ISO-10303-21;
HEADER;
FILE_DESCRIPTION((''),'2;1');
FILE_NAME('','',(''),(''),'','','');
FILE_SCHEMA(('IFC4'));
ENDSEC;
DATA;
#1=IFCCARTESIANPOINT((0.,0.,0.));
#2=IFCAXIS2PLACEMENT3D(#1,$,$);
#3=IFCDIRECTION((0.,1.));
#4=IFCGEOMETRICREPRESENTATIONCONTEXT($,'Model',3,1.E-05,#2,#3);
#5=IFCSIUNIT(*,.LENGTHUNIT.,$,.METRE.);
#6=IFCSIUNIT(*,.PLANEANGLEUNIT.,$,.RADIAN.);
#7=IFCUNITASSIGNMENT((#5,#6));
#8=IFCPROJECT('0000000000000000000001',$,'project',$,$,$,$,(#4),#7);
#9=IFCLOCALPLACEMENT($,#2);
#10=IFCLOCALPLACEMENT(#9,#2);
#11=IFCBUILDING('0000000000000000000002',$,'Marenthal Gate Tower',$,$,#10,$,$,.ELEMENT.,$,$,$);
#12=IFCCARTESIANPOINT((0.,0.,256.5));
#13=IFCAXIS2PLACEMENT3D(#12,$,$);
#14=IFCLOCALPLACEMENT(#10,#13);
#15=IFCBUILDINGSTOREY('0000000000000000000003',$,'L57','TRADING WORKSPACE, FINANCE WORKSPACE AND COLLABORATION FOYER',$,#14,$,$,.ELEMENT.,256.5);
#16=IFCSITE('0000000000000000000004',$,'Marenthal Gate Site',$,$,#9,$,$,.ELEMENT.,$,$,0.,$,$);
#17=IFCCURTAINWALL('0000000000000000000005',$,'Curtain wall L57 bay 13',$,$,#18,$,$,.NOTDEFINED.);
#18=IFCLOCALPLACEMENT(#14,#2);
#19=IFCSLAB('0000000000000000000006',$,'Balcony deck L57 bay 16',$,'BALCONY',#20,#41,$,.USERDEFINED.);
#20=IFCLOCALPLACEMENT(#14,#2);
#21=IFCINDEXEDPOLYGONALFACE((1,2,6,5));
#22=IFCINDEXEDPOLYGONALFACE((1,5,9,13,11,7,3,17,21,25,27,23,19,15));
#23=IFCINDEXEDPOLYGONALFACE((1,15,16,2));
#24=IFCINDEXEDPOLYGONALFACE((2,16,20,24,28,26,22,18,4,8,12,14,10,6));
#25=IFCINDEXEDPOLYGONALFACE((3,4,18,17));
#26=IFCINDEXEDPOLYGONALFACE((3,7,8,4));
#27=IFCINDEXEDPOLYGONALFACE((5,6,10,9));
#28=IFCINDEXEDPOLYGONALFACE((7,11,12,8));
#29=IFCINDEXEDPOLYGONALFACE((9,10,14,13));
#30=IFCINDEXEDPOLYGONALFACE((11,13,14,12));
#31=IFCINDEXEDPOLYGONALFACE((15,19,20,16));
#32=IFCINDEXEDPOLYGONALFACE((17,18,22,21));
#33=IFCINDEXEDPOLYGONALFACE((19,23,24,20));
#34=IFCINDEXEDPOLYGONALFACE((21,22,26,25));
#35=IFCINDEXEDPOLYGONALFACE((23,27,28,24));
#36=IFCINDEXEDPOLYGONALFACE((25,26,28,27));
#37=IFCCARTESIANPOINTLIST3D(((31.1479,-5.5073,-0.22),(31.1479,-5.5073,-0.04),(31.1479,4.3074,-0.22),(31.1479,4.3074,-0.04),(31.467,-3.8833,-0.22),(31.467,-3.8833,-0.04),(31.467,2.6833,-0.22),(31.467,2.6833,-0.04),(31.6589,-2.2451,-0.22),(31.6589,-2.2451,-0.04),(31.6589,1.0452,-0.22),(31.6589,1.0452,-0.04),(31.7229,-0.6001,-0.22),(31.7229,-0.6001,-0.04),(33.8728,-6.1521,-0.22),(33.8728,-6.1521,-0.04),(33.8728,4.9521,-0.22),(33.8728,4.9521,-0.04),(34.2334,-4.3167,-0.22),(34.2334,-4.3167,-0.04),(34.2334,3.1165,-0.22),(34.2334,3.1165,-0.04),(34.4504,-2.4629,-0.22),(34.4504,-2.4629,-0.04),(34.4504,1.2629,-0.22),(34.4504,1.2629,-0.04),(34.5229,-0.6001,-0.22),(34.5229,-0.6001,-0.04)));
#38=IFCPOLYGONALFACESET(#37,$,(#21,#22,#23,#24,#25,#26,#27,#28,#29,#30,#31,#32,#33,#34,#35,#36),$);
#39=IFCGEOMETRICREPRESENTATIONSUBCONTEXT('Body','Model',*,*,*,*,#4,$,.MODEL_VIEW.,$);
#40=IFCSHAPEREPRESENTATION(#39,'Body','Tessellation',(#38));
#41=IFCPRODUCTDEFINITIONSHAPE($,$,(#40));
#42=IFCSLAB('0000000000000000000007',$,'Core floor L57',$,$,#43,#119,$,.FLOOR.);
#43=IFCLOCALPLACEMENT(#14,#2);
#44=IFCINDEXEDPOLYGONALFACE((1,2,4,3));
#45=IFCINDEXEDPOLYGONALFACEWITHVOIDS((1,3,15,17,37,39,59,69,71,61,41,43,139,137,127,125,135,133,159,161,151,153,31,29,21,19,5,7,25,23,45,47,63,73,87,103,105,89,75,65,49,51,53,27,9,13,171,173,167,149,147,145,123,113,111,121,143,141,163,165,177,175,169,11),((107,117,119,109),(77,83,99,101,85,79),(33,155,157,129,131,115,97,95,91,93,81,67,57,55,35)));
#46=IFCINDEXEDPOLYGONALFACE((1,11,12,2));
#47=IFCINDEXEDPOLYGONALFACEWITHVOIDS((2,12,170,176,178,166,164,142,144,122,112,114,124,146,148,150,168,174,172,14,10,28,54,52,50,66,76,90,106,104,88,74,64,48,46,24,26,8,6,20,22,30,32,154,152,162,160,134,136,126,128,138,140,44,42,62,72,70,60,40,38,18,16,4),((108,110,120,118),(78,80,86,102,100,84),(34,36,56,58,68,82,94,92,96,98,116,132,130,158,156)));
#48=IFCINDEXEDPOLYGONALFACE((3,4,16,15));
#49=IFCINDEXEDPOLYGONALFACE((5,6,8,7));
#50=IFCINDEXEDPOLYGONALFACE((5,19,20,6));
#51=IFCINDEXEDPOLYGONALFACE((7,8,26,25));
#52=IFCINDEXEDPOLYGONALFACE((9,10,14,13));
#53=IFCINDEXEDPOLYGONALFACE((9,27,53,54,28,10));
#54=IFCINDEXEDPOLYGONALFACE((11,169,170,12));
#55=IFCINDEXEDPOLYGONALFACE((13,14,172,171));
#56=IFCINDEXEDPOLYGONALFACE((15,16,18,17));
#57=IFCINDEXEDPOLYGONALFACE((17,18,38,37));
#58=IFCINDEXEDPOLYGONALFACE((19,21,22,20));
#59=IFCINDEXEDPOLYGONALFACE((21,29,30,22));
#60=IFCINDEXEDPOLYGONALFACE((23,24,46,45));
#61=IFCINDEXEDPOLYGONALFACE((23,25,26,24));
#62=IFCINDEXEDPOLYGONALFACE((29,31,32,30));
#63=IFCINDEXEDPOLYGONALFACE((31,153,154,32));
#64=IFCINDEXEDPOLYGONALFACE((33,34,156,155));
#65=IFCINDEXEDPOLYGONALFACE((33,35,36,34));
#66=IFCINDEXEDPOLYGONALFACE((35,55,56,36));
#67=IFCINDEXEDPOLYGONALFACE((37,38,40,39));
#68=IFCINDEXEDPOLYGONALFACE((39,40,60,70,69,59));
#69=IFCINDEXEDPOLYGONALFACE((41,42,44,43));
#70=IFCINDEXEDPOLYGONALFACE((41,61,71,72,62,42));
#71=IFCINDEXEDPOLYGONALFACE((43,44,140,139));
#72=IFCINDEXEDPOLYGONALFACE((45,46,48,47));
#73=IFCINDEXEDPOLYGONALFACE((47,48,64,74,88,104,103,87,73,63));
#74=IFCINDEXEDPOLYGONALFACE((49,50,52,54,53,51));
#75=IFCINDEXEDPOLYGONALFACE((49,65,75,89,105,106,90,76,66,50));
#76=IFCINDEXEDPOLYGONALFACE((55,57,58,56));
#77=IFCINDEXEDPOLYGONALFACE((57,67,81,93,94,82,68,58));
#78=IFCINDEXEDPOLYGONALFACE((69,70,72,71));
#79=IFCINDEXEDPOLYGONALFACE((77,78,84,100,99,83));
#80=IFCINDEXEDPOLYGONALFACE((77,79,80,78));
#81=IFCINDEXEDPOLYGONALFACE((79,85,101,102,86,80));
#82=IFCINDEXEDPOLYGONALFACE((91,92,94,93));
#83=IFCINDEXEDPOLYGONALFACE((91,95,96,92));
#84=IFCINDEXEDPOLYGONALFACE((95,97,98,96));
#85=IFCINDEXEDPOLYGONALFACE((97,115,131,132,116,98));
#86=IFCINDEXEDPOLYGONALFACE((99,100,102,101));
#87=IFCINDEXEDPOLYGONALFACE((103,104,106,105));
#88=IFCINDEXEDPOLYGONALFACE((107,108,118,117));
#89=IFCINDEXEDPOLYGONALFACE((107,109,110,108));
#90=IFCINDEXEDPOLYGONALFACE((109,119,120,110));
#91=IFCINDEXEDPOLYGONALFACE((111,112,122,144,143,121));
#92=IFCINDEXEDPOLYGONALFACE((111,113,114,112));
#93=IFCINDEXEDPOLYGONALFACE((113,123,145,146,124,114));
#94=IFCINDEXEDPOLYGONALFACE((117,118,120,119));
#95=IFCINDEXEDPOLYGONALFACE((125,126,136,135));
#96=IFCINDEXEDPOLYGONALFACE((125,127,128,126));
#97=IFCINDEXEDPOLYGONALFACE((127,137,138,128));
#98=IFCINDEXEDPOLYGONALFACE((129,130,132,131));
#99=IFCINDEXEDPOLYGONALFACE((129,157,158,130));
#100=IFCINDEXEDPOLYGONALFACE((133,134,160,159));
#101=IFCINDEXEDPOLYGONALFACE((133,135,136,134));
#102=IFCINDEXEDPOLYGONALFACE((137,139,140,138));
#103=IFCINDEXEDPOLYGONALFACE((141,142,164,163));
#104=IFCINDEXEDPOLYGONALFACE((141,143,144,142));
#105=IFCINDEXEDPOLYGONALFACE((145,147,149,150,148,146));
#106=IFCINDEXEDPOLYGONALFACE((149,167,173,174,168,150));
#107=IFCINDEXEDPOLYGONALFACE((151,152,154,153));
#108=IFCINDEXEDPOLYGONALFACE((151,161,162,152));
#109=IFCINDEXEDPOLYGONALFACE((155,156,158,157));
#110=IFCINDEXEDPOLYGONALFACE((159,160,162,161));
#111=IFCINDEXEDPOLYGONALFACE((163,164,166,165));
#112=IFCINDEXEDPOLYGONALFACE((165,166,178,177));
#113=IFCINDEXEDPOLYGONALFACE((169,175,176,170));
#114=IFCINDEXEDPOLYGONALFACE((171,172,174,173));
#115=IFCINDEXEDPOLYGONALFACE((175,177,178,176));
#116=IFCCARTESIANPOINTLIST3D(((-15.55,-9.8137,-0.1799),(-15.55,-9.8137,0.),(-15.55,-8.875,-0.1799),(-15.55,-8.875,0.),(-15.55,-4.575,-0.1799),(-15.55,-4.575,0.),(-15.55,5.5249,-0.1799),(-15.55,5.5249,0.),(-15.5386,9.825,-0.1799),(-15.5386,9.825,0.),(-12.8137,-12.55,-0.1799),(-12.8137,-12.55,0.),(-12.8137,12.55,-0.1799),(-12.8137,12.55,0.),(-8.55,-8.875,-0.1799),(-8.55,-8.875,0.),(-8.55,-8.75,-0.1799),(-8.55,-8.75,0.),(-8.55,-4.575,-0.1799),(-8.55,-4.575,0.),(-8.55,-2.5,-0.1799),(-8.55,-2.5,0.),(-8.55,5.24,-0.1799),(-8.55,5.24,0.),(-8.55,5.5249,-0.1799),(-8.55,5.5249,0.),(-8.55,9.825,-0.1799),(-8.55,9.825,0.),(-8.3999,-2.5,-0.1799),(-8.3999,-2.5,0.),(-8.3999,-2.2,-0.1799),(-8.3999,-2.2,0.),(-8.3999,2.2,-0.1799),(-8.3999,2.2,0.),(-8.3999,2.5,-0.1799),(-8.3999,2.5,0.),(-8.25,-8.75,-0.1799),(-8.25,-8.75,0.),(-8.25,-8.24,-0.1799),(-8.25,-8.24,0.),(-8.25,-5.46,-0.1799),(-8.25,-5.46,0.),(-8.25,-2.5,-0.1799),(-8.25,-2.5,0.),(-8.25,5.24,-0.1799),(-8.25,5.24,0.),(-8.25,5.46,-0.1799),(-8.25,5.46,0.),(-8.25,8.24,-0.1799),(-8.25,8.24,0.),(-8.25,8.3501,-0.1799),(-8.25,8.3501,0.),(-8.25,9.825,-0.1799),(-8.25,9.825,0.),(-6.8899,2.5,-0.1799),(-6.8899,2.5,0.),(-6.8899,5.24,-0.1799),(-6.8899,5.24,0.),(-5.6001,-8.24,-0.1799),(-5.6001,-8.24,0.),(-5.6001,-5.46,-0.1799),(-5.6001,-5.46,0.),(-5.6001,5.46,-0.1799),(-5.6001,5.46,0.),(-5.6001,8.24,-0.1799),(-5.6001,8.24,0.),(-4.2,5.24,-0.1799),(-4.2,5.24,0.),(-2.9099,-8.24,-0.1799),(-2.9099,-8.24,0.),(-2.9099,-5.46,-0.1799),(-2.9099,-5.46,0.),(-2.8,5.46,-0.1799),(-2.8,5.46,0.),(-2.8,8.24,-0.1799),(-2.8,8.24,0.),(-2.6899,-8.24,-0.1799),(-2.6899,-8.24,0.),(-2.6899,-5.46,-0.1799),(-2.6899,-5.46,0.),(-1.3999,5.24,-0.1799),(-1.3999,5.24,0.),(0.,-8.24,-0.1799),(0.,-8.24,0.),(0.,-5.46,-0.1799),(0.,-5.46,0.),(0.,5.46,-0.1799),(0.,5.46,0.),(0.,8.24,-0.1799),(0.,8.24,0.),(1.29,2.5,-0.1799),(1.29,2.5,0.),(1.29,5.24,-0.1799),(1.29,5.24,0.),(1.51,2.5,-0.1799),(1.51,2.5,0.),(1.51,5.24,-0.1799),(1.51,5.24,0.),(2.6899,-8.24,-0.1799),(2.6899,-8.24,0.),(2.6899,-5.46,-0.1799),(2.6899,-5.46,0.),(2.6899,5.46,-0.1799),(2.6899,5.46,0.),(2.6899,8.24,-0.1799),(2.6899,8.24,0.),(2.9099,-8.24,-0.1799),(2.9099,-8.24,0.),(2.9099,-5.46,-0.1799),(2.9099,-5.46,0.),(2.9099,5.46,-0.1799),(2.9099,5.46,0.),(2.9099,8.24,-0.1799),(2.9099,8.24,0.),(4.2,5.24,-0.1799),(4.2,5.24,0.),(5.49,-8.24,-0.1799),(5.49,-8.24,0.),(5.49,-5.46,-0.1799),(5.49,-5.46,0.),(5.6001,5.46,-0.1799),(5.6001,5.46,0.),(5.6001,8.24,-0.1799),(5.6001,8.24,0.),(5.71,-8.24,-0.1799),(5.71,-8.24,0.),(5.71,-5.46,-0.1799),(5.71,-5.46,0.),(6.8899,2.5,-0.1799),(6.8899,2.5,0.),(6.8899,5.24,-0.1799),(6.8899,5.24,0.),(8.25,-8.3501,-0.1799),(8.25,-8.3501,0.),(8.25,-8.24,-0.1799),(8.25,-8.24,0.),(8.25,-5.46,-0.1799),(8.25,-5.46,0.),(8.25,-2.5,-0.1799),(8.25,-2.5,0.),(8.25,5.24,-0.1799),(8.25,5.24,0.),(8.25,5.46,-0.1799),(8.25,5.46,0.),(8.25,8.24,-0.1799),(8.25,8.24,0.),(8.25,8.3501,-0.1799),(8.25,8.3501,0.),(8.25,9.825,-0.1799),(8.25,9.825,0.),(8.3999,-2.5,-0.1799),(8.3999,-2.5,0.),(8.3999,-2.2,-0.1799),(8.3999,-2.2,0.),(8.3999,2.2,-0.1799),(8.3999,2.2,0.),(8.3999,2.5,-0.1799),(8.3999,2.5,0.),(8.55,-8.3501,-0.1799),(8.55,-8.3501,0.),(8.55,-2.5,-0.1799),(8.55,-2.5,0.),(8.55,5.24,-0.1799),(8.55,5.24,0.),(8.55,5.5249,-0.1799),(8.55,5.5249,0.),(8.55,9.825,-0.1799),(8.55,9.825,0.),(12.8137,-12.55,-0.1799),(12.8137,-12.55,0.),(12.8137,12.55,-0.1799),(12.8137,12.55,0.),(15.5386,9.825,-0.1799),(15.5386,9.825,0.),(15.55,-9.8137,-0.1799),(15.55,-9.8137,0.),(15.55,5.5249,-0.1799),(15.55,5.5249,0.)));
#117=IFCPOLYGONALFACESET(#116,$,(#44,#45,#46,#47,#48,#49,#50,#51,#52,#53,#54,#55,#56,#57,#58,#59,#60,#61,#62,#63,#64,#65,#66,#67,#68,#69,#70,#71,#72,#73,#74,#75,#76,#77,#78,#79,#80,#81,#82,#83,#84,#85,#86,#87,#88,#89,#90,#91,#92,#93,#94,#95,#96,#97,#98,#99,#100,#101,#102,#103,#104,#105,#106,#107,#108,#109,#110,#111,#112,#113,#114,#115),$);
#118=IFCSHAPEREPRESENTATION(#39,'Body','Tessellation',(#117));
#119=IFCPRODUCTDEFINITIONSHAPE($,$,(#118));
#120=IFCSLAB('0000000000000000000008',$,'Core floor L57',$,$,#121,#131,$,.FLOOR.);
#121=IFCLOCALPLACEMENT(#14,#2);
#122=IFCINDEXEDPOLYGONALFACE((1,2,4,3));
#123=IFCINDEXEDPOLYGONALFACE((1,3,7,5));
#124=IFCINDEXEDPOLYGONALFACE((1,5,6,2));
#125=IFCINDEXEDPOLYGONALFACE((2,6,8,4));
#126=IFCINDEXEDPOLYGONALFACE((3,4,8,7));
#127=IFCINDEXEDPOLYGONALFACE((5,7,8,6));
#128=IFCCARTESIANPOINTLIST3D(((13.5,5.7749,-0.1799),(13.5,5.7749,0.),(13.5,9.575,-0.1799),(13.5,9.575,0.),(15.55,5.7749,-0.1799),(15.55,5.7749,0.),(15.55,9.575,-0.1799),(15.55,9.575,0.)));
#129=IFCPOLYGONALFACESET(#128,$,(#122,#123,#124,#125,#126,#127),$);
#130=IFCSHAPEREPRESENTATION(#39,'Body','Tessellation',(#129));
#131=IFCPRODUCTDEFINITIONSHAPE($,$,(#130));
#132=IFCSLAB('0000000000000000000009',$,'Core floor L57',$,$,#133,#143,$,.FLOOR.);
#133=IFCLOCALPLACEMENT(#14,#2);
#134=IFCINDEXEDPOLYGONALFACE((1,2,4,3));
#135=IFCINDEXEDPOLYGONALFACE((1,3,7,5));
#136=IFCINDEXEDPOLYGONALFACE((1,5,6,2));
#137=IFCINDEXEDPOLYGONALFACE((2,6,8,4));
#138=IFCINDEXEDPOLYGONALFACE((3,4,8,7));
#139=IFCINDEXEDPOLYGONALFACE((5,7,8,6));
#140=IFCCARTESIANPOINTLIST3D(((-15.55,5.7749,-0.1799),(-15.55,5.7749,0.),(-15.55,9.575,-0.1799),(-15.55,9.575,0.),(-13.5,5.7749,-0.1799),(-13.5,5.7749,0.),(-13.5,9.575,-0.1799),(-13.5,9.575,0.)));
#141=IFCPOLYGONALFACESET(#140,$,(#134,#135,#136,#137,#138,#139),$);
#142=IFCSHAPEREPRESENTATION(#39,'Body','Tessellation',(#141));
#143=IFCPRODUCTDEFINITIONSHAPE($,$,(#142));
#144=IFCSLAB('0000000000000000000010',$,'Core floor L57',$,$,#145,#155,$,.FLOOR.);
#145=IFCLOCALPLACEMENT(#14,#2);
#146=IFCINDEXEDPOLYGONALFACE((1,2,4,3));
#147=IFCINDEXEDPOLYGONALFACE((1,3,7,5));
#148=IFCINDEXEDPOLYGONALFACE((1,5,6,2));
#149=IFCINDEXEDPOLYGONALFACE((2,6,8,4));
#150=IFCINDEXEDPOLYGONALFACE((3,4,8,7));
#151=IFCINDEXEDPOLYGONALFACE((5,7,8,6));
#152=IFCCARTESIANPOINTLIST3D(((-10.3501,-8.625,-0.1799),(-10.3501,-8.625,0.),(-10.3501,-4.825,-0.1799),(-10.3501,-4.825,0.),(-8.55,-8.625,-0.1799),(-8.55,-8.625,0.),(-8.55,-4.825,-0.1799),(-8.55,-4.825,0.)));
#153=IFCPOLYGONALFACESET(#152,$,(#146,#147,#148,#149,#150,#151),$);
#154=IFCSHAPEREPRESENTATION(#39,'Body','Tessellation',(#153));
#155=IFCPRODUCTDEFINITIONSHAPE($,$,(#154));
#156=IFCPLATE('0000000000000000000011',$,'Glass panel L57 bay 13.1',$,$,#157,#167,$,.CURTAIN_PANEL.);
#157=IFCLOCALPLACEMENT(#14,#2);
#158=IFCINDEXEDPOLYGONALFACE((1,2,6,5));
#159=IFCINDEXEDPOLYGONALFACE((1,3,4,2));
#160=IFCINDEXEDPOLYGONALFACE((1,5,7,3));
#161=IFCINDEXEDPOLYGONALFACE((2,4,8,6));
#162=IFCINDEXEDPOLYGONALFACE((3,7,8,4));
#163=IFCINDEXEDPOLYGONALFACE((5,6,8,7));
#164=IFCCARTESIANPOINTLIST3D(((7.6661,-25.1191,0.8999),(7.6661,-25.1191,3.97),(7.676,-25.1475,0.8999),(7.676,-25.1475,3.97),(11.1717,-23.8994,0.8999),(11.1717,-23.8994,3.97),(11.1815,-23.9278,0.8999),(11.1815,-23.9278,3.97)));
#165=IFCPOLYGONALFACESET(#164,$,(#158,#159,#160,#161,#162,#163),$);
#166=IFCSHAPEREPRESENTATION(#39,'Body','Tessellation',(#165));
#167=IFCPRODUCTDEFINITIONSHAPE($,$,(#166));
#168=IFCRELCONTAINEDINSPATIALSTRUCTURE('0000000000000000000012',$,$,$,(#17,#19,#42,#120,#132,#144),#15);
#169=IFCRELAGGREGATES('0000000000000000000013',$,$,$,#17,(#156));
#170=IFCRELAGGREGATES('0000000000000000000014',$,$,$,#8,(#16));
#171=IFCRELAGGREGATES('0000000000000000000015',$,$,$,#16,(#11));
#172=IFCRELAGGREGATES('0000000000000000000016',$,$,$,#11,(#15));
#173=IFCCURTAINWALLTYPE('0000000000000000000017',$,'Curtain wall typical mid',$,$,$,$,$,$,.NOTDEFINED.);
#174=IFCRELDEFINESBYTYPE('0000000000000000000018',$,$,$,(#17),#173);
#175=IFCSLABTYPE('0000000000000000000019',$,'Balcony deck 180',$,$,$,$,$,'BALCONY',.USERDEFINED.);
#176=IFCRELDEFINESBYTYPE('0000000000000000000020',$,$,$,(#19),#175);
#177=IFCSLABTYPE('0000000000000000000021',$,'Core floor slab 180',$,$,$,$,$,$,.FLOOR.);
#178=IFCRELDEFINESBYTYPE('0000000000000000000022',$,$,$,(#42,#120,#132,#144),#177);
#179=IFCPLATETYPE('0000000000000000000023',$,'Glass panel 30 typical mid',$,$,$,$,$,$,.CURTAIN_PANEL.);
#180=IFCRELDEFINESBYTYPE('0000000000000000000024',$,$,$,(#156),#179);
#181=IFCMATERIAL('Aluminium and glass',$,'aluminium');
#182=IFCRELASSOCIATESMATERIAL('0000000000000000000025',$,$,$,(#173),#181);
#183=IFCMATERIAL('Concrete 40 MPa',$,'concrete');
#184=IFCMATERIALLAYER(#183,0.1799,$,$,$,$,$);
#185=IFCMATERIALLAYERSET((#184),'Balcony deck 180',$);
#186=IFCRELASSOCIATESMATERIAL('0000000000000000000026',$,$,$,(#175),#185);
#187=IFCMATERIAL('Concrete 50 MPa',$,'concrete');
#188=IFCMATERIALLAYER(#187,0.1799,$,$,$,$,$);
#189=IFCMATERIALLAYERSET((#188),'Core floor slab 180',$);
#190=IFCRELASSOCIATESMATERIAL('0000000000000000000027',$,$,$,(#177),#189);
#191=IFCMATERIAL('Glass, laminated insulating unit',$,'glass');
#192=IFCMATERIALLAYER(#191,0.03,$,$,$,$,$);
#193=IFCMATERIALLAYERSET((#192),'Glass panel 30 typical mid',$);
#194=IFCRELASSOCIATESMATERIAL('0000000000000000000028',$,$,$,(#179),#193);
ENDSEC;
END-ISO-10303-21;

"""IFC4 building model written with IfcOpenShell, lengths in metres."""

from ifc_helpers import new_model, si_unit, direction, frame, origin, origin_2d, place, context, subcontext, project, spatial, polyline, rectangle, outline, extrude, material, layer, layer_set, type_object, element, aggregate, save


model = new_model("IFC4")

# Units and contexts
model_context = context("Model", 3, precision=1e-05, world=origin(), true_north=direction((0.0, 1.0)))
body_context = subcontext(model_context, "Body", "Model", "MODEL_VIEW")
ifc_project = project(units=[si_unit("LENGTHUNIT", "METRE"), si_unit("PLANEANGLEUNIT", "RADIAN")], contexts=[model_context])

# Site, building, storey
site_placement = place(None, origin())
site = spatial("IfcSite", under=ifc_project, at=site_placement, Name="Marenthal Gate Site", CompositionType="ELEMENT", RefElevation=0.0)
building_placement = place(site_placement, origin())
building = spatial("IfcBuilding", under=site, at=building_placement, Name="Marenthal Gate Tower", CompositionType="ELEMENT")
storey_placement = place(building_placement, frame((0.0, 0.0, 256.5)))
storey = spatial("IfcBuildingStorey", under=building, at=storey_placement, Name="L57", Description="TRADING WORKSPACE, FINANCE WORKSPACE AND COLLABORATION FOYER", CompositionType="ELEMENT", Elevation=256.5)

# Curtain wall
ifc_material_1 = material(Name="Aluminium and glass", Category="aluminium")
curtain_wall_type = type_object("IfcCurtainWallType", Name="Curtain wall typical mid", PredefinedType="NOTDEFINED", material=ifc_material_1)
curtain_wall_placement = place(storey_placement, origin())
curtain_wall = element("IfcCurtainWall", 1, at=curtain_wall_placement, inside=storey, type_object=curtain_wall_type, Name="Curtain wall L57 bay 13", PredefinedType="NOTDEFINED")

# Slabs
ifc_material_2 = material(Name="Concrete 40 MPa", Category="concrete")
ifc_layer_1 = layer(ifc_material_2, 0.1799)
ifc_layer_set_1 = layer_set([ifc_layer_1], Name="Balcony deck 180")
slab_type_1 = type_object("IfcSlabType", Name="Balcony deck 180", ElementType="BALCONY", PredefinedType="USERDEFINED", material=ifc_layer_set_1)
slab_1_placement = place(storey_placement, frame((0.0, 0.0, -0.22)))
element("IfcSlab", 2, at=slab_1_placement, inside=storey, type_object=slab_type_1, Name="Balcony deck L57 bay 16", ObjectType="BALCONY", PredefinedType="USERDEFINED", context=body_context, shape_type="SweptSolid", body=[
    extrude(outline(polyline([(31.1479, -5.5073), (31.467, -3.8833), (31.6589, -2.2451), (31.7229, -0.6001), (31.6589, 1.0452), (31.467, 2.6833), (31.1479, 4.3074), (33.8728, 4.9521), (34.2334, 3.1165), (34.4504, 1.2629), (34.5229, -0.6001), (34.4504, -2.4629), (34.2334, -4.3167), (33.8728, -6.1521), (31.1479, -5.5073)])), origin(), (0.0, 0.0, 1.0), 0.1799),
])
ifc_material_3 = material(Name="Concrete 50 MPa", Category="concrete")
ifc_layer_2 = layer(ifc_material_3, 0.1799)
ifc_layer_set_2 = layer_set([ifc_layer_2], Name="Core floor slab 180")
slab_type_2 = type_object("IfcSlabType", Name="Core floor slab 180", PredefinedType="FLOOR", material=ifc_layer_set_2)
slab_2_placement = place(storey_placement, frame((0.0, 0.0, -0.1799)))
element("IfcSlab", 3, at=slab_2_placement, inside=storey, type_object=slab_type_2, Name="Core floor L57", PredefinedType="FLOOR", context=body_context, shape_type="SweptSolid", body=[
    extrude(outline(polyline([(12.8137, -12.55), (-12.8137, -12.55), (-15.55, -9.8137), (-15.55, -8.875), (-8.55, -8.875), (-8.55, -8.75), (-8.25, -8.75), (-8.25, -8.24), (-5.6001, -8.24), (-2.9099, -8.24), (-2.9099, -5.46), (-5.6001, -5.46), (-8.25, -5.46), (-8.25, -2.5), (8.25, -2.5), (8.25, -5.46), (5.71, -5.46), (5.71, -8.24), (8.25, -8.24), (8.25, -8.3501), (8.55, -8.3501), (8.55, -2.5), (8.3999, -2.5), (8.3999, -2.2), (-8.3999, -2.2), (-8.3999, -2.5), (-8.55, -2.5), (-8.55, -4.575), (-15.55, -4.575), (-15.55, 5.5249), (-8.55, 5.5249), (-8.55, 5.24), (-8.25, 5.24), (-8.25, 5.46), (-5.6001, 5.46), (-2.8, 5.46), (0.0, 5.46), (2.6899, 5.46), (2.6899, 8.24), (0.0, 8.24), (-2.8, 8.24), (-5.6001, 8.24), (-8.25, 8.24), (-8.25, 8.3501), (-8.25, 9.825), (-8.55, 9.825), (-15.5386, 9.825), (-12.8137, 12.55), (12.8137, 12.55), (15.5386, 9.825), (8.55, 9.825), (8.25, 9.825), (8.25, 8.3501), (8.25, 8.24), (5.6001, 8.24), (2.9099, 8.24), (2.9099, 5.46), (5.6001, 5.46), (8.25, 5.46), (8.25, 5.24), (8.55, 5.24), (8.55, 5.5249), (15.55, 5.5249), (15.55, -9.8137), (12.8137, -12.55)]), holes=[polyline([(2.6899, -8.24), (2.6899, -5.46), (0.0, -5.46), (-2.6899, -5.46), (-2.6899, -8.24), (0.0, -8.24), (2.6899, -8.24)]), polyline([(-6.8899, 5.24), (-6.8899, 2.5), (-8.3999, 2.5), (-8.3999, 2.2), (8.3999, 2.2), (8.3999, 2.5), (6.8899, 2.5), (6.8899, 5.24), (4.2, 5.24), (1.51, 5.24), (1.51, 2.5), (1.29, 2.5), (1.29, 5.24), (-1.3999, 5.24), (-4.2, 5.24), (-6.8899, 5.24)]), polyline([(5.49, -5.46), (2.9099, -5.46), (2.9099, -8.24), (5.49, -8.24), (5.49, -5.46)])]), origin(), (0.0, 0.0, 1.0), 0.1799),
])
slab_3_placement = place(storey_placement, frame((0.0, 0.0, -0.1799)))
element("IfcSlab", 4, at=slab_3_placement, inside=storey, type_object=slab_type_2, Name="Core floor L57", PredefinedType="FLOOR", context=body_context, shape_type="SweptSolid", body=[
    extrude(outline(polyline([(15.55, 5.7749), (13.5, 5.7749), (13.5, 9.575), (15.55, 9.575), (15.55, 5.7749)])), origin(), (0.0, 0.0, 1.0), 0.1799),
])
slab_4_placement = place(storey_placement, frame((0.0, 0.0, -0.1799)))
element("IfcSlab", 5, at=slab_4_placement, inside=storey, type_object=slab_type_2, Name="Core floor L57", PredefinedType="FLOOR", context=body_context, shape_type="SweptSolid", body=[
    extrude(outline(polyline([(-15.55, 9.575), (-13.5, 9.575), (-13.5, 5.7749), (-15.55, 5.7749), (-15.55, 9.575)])), origin(), (0.0, 0.0, 1.0), 0.1799),
])
slab_5_placement = place(storey_placement, frame((0.0, 0.0, -0.1799)))
element("IfcSlab", 6, at=slab_5_placement, inside=storey, type_object=slab_type_2, Name="Core floor L57", PredefinedType="FLOOR", context=body_context, shape_type="SweptSolid", body=[
    extrude(outline(polyline([(-8.55, -8.625), (-10.3501, -8.625), (-10.3501, -4.825), (-8.55, -4.825), (-8.55, -8.625)])), origin(), (0.0, 0.0, 1.0), 0.1799),
])

# Plate
ifc_material_4 = material(Name="Glass, laminated insulating unit", Category="glass")
ifc_layer_3 = layer(ifc_material_4, 0.03)
ifc_layer_set_3 = layer_set([ifc_layer_3], Name="Glass panel 30 typical mid")
plate_type = type_object("IfcPlateType", Name="Glass panel 30 typical mid", PredefinedType="CURTAIN_PANEL", material=ifc_layer_set_3)
plate_1_placement = place(storey_placement, frame((9.4238, -24.5234, 0.8999), z_axis=(0.0, 0.0, 1.0), x_axis=(0.944465, 0.328612, 0.0)))
plate_1 = element("IfcPlate", 7, at=plate_1_placement, type_object=plate_type, Name="Glass panel L57 bay 13.1", PredefinedType="CURTAIN_PANEL", context=body_context, shape_type="SweptSolid", body=[
    extrude(rectangle(XDim=3.7117, YDim=0.03, at=origin_2d()), origin(), (0.0, 0.0, 1.0), 3.0701),
])
aggregate(curtain_wall, [plate_1])

save(model, "model.ifc")
